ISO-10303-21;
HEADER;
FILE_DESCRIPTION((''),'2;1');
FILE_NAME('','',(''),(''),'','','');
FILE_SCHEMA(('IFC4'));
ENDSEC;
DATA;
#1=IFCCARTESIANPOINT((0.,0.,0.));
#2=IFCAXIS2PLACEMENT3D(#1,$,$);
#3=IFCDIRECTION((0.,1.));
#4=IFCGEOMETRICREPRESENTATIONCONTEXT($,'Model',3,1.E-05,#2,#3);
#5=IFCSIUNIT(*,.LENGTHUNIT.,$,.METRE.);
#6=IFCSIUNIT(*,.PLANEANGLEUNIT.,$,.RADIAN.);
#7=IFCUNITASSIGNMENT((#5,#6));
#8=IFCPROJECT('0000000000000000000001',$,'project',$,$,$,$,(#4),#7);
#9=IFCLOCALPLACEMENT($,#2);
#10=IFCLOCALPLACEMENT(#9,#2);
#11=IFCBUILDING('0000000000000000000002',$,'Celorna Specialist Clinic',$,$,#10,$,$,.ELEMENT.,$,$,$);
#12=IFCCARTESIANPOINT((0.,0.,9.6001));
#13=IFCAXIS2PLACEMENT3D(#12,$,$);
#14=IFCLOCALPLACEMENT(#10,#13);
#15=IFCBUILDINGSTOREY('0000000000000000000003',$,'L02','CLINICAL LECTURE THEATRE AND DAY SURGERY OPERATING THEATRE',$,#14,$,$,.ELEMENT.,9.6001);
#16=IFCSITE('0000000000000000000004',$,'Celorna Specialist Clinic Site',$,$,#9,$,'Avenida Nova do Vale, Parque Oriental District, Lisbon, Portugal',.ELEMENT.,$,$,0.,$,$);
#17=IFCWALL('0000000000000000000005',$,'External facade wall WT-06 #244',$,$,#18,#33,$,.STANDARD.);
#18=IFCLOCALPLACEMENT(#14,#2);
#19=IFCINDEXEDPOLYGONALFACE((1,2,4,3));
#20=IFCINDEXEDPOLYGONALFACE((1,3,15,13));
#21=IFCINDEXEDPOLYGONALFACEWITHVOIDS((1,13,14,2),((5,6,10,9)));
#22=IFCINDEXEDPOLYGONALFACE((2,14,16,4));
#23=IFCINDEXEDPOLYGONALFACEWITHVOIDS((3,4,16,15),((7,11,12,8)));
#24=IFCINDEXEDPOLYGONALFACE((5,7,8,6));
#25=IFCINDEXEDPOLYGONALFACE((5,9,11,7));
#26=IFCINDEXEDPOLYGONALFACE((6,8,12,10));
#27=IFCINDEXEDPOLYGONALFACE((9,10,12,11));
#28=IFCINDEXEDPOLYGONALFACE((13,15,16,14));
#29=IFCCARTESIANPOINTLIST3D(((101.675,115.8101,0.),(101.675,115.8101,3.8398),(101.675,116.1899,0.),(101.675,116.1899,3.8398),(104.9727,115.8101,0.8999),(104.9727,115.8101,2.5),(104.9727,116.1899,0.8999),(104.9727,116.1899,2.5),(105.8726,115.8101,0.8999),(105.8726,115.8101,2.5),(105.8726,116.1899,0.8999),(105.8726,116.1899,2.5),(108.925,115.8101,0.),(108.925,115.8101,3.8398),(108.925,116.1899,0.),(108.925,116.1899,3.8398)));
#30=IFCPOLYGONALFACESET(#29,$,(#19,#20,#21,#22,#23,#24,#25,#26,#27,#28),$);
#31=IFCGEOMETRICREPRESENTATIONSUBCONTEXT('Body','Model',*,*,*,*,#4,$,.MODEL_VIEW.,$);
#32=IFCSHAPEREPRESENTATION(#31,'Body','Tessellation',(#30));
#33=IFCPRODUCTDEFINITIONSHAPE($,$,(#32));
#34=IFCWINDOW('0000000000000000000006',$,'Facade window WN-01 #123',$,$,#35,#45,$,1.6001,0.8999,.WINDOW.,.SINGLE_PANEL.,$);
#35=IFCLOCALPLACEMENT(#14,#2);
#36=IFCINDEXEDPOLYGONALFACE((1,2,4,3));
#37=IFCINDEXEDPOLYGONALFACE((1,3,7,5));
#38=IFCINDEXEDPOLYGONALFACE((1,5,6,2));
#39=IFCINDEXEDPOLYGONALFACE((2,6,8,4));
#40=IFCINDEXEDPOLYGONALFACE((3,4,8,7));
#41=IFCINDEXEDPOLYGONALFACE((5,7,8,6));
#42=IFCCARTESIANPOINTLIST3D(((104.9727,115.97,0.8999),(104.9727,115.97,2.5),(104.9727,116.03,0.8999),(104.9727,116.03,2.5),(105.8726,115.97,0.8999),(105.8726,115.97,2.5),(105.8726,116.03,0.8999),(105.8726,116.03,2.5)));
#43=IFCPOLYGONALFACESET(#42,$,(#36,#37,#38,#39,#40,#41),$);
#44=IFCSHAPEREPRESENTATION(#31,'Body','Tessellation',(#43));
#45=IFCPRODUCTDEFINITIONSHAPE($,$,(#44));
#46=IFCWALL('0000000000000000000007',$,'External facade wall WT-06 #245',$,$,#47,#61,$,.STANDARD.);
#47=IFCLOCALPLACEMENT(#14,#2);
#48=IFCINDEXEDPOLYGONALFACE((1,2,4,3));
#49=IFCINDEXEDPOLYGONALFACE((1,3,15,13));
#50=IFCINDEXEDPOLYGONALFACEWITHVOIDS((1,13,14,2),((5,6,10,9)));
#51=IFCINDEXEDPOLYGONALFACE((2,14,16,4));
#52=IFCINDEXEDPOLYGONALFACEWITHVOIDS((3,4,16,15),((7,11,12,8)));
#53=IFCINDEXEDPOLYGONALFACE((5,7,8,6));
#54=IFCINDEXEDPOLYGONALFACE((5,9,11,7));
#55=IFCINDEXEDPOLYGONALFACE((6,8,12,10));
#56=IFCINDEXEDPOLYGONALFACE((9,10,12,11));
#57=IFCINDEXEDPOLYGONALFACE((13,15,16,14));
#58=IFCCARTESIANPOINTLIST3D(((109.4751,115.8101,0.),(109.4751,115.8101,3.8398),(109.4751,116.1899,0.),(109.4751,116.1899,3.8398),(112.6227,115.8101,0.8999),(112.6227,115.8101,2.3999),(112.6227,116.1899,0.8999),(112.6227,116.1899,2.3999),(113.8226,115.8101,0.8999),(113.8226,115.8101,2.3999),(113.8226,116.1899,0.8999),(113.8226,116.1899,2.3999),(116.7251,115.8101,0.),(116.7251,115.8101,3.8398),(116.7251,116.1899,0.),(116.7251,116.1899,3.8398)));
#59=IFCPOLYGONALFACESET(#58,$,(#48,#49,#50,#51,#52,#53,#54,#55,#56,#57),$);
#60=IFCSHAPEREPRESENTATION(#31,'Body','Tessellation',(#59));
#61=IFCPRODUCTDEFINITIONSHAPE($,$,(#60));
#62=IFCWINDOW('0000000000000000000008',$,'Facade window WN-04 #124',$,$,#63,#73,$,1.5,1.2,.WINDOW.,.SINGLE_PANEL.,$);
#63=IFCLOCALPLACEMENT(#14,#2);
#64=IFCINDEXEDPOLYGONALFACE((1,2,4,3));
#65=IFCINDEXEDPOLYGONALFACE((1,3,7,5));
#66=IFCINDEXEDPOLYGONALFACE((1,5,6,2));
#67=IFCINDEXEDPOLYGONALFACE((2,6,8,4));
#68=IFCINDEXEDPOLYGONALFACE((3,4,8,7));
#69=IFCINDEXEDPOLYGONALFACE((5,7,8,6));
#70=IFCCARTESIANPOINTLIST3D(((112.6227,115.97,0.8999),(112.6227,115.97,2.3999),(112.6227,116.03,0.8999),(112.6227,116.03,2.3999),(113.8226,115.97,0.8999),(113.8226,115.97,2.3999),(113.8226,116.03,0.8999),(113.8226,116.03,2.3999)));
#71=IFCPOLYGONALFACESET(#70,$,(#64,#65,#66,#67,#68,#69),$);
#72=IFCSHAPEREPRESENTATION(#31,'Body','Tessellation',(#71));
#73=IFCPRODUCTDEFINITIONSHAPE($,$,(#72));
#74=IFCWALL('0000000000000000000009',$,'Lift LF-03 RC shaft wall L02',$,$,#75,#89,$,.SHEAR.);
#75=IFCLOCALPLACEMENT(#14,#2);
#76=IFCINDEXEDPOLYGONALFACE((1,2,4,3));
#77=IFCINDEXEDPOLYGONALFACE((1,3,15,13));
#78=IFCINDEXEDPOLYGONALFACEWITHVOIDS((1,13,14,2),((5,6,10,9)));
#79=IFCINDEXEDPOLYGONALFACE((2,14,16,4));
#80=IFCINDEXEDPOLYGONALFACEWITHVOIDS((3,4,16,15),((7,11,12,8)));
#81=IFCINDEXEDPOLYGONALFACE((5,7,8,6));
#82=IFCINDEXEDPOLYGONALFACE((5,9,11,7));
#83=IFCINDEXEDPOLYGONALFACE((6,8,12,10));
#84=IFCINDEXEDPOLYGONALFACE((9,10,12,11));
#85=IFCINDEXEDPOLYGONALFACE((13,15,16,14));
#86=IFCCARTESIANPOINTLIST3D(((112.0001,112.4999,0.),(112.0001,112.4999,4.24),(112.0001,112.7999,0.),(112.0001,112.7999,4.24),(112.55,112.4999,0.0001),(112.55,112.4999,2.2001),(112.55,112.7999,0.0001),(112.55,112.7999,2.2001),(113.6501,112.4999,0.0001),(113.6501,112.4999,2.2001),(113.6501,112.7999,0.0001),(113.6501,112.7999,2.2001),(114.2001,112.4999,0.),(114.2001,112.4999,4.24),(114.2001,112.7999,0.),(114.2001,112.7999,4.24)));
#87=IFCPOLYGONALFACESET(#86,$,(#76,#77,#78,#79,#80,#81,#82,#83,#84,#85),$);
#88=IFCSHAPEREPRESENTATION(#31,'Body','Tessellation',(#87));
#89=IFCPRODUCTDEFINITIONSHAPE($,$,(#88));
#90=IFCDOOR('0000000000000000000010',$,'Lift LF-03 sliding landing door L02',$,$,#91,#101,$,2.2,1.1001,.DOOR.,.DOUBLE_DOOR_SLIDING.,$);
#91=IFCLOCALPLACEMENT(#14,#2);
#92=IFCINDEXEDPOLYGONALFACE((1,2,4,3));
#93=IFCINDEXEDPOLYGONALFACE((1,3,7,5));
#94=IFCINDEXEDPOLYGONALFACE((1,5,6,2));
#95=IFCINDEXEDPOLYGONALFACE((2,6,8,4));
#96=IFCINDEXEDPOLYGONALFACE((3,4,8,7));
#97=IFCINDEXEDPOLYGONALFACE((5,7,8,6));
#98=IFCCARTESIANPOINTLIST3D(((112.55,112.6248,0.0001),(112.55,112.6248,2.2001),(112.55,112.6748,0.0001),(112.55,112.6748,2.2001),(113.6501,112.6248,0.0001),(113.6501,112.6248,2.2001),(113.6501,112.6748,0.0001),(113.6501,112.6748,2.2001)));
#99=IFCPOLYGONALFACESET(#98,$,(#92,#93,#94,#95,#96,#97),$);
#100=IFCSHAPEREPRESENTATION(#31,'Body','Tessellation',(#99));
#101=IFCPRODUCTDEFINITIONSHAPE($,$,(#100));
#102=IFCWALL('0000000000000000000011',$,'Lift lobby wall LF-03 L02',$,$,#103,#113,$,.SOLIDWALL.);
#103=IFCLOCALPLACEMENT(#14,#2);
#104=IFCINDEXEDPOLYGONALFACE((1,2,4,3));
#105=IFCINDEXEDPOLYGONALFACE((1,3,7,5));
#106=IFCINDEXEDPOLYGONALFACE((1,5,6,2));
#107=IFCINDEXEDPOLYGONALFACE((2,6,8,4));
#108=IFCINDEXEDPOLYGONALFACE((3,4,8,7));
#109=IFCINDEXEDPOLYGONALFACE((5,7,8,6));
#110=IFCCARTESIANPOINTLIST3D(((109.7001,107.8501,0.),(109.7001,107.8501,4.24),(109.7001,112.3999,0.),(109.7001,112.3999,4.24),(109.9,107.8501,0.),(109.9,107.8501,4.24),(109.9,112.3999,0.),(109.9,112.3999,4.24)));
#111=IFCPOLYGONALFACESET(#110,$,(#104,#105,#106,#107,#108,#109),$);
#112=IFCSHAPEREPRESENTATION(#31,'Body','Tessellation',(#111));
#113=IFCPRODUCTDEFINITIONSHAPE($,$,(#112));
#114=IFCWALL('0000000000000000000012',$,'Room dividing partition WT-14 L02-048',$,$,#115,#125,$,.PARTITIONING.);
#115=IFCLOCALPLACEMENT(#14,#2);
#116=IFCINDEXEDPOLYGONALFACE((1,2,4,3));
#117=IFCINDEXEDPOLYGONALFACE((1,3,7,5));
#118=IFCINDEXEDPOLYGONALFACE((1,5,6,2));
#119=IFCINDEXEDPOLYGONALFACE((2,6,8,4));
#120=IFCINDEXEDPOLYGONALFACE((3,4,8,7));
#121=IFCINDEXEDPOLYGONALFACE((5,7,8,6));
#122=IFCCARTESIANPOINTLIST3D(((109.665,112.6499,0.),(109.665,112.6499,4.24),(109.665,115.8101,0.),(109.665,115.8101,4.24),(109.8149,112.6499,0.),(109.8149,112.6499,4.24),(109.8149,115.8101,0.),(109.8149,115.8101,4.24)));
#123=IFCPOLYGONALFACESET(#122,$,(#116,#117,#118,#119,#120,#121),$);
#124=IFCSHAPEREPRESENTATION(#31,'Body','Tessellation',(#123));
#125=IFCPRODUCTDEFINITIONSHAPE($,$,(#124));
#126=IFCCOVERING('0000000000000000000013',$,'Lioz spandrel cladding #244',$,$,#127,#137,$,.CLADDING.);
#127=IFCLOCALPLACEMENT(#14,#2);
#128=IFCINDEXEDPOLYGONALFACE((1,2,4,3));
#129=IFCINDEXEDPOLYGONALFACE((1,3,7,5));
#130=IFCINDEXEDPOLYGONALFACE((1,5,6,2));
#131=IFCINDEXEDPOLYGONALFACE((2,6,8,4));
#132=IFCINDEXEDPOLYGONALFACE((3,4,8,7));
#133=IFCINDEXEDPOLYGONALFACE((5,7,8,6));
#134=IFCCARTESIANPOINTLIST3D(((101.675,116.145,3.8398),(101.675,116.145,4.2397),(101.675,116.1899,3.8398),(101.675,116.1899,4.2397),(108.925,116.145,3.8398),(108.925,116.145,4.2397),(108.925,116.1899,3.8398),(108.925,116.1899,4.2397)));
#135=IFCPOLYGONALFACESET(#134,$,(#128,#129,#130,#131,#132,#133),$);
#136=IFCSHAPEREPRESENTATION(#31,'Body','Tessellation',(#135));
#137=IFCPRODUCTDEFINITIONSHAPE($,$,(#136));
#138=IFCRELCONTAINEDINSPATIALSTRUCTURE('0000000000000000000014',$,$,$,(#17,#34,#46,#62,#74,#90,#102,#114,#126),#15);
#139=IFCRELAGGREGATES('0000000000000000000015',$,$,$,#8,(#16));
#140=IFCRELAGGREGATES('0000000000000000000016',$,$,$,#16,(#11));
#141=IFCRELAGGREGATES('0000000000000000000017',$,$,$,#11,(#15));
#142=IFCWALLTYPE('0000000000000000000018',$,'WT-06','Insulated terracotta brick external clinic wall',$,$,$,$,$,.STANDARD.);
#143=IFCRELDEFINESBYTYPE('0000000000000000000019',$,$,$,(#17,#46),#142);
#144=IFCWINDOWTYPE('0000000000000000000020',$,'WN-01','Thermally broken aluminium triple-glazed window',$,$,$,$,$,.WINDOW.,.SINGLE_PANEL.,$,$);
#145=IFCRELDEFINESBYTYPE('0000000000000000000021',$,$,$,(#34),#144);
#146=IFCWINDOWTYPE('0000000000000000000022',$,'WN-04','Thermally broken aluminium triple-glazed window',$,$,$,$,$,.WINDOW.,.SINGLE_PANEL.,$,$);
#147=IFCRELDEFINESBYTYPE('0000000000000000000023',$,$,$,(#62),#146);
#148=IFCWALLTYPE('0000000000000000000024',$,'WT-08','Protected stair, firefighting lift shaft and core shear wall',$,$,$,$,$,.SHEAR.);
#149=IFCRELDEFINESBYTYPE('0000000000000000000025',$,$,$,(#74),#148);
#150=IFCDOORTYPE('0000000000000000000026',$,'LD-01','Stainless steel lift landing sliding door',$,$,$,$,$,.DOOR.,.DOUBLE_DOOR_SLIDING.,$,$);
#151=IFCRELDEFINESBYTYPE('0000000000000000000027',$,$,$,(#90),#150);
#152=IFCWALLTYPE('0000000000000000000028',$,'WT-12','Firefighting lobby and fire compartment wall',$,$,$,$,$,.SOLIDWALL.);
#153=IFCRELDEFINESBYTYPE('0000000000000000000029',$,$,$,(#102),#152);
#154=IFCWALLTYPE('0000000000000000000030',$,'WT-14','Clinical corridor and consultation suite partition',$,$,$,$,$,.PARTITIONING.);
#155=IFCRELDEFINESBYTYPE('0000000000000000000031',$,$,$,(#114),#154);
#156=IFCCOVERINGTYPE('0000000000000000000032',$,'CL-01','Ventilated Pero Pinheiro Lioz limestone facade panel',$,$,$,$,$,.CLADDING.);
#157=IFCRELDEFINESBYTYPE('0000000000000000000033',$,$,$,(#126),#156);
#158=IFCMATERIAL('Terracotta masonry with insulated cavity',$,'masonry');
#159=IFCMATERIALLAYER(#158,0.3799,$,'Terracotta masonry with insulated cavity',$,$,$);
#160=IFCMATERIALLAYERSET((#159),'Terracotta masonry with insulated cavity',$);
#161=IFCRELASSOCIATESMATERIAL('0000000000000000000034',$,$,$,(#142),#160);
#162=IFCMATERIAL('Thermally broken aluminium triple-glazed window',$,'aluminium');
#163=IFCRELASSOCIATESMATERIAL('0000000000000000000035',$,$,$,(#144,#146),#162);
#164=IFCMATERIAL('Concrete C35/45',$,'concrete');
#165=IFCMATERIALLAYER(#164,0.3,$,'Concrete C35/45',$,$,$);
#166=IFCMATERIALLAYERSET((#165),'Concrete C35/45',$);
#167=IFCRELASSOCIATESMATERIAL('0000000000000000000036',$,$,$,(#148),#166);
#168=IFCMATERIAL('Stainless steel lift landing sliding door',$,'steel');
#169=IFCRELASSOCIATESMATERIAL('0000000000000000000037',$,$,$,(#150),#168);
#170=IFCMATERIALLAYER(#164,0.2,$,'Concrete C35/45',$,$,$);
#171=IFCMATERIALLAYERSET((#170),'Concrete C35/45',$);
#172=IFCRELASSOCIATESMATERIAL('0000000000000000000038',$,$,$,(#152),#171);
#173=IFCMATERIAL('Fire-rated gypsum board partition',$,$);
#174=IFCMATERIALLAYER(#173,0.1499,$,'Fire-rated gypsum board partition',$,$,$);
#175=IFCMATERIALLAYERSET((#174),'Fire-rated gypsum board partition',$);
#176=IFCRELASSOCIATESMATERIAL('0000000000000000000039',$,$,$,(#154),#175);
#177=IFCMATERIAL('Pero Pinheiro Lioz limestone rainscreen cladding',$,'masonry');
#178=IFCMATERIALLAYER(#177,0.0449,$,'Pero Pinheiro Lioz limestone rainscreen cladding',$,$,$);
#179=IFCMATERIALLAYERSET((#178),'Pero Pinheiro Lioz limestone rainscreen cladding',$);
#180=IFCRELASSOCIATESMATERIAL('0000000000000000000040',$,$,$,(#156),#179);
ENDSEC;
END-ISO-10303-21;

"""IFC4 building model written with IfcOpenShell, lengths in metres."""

from ifc_helpers import new_model, si_unit, direction, frame, frame_2d, origin, origin_2d, place, context, subcontext, project, spatial, rectangle, extrude, material, layer, layer_set, type_object, element, fill, save


model = new_model("IFC4")

# Units and contexts
model_context = context("Model", 3, precision=1e-05, world=origin(), true_north=direction((0.0, 1.0)))
body_context = subcontext(model_context, "Body", "Model", "MODEL_VIEW")
ifc_project = project(units=[si_unit("LENGTHUNIT", "METRE"), si_unit("PLANEANGLEUNIT", "RADIAN")], contexts=[model_context])

# Site, building, storey
site_placement = place(None, origin())
site = spatial("IfcSite", under=ifc_project, at=site_placement, Name="Celorna Specialist Clinic Site", LongName="Avenida Nova do Vale, Parque Oriental District, Lisbon, Portugal", CompositionType="ELEMENT", RefElevation=0.0)
building_placement = place(site_placement, origin())
building = spatial("IfcBuilding", under=site, at=building_placement, Name="Celorna Specialist Clinic", CompositionType="ELEMENT")
storey_placement = place(building_placement, frame((0.0, 0.0, 9.6001)))
storey = spatial("IfcBuildingStorey", under=building, at=storey_placement, Name="L02", Description="CLINICAL LECTURE THEATRE AND DAY SURGERY OPERATING THEATRE", CompositionType="ELEMENT", Elevation=9.6001)

# Shared definitions
ifc_material_1 = material(Name="Concrete C35/45", Category="concrete")

# Walls, openings, windows
ifc_material_2 = material(Name="Terracotta masonry with insulated cavity", Category="masonry")
ifc_layer_1 = layer(ifc_material_2, 0.3799, Name="Terracotta masonry with insulated cavity")
ifc_layer_set_1 = layer_set([ifc_layer_1], Name="Terracotta masonry with insulated cavity")
wall_type_1 = type_object("IfcWallType", Name="WT-06", Description="Insulated terracotta brick external clinic wall", PredefinedType="STANDARD", material=ifc_layer_set_1)
wall_1_placement = place(storey_placement, frame((101.675, 116.0, 0.0), z_axis=(0.0, 0.0, 1.0), x_axis=(1.0, 0.0, 0.0)))
wall_1 = element("IfcWall", 1, at=wall_1_placement, inside=storey, type_object=wall_type_1, Name="External facade wall WT-06 #244", PredefinedType="STANDARD", context=body_context, shape_type="SweptSolid", body=[
    extrude(rectangle(XDim=7.25, YDim=0.3799, at=frame_2d((3.625, 0.0))), origin(), (0.0, 0.0, 1.0), 3.8398),
])
opening_1_placement = place(wall_1_placement, frame((3.2976, 0.0, 0.8999)))
opening_1 = element("IfcOpeningElement", 2, at=opening_1_placement, cuts=wall_1, PredefinedType="OPENING", context=body_context, shape_type="SweptSolid", body=[
    extrude(rectangle(XDim=0.8999, YDim=1.6001, at=frame_2d((0.45, 0.8))), frame((0.0, 0.2, 0.0), z_axis=(0.0, -1.0, 0.0), x_axis=(1.0, 0.0, 0.0)), (0.0, 0.0, 1.0), 0.3999),
])
ifc_material_3 = material(Name="Thermally broken aluminium triple-glazed window", Category="aluminium")
window_type_1 = type_object("IfcWindowType", Name="WN-01", Description="Thermally broken aluminium triple-glazed window", PartitioningType="SINGLE_PANEL", PredefinedType="WINDOW", material=ifc_material_3)
window_1_placement = place(opening_1_placement, origin())
window_1 = element("IfcWindow", 3, at=window_1_placement, inside=storey, type_object=window_type_1, Name="Facade window WN-01 #123", OverallHeight=1.6001, OverallWidth=0.8999, PartitioningType="SINGLE_PANEL", PredefinedType="WINDOW", context=body_context, shape_type="SweptSolid", body=[
    extrude(rectangle(XDim=0.8999, YDim=1.6001, at=frame_2d((0.45, 0.8))), frame((0.0, 0.03, 0.0), z_axis=(0.0, -1.0, 0.0), x_axis=(1.0, 0.0, 0.0)), (0.0, 0.0, 1.0), 0.0601),
])
fill(opening_1, window_1)
wall_2_placement = place(storey_placement, frame((109.4751, 116.0, 0.0), z_axis=(0.0, 0.0, 1.0), x_axis=(1.0, 0.0, 0.0)))
wall_2 = element("IfcWall", 4, at=wall_2_placement, inside=storey, type_object=wall_type_1, Name="External facade wall WT-06 #245", PredefinedType="STANDARD", context=body_context, shape_type="SweptSolid", body=[
    extrude(rectangle(XDim=7.25, YDim=0.3799, at=frame_2d((3.625, 0.0))), origin(), (0.0, 0.0, 1.0), 3.8398),
])
opening_2_placement = place(wall_2_placement, frame((3.1475, 0.0, 0.8999)))
opening_2 = element("IfcOpeningElement", 5, at=opening_2_placement, cuts=wall_2, PredefinedType="OPENING", context=body_context, shape_type="SweptSolid", body=[
    extrude(rectangle(XDim=1.2, YDim=1.5, at=frame_2d((0.6001, 0.75))), frame((0.0, 0.2, 0.0), z_axis=(0.0, -1.0, 0.0), x_axis=(1.0, 0.0, 0.0)), (0.0, 0.0, 1.0), 0.3999),
])
window_type_2 = type_object("IfcWindowType", Name="WN-04", Description="Thermally broken aluminium triple-glazed window", PartitioningType="SINGLE_PANEL", PredefinedType="WINDOW", material=ifc_material_3)
window_2_placement = place(opening_2_placement, origin())
window_2 = element("IfcWindow", 6, at=window_2_placement, inside=storey, type_object=window_type_2, Name="Facade window WN-04 #124", OverallHeight=1.5, OverallWidth=1.2, PartitioningType="SINGLE_PANEL", PredefinedType="WINDOW", context=body_context, shape_type="SweptSolid", body=[
    extrude(rectangle(XDim=1.2, YDim=1.5, at=frame_2d((0.6001, 0.75))), frame((0.0, 0.03, 0.0), z_axis=(0.0, -1.0, 0.0), x_axis=(1.0, 0.0, 0.0)), (0.0, 0.0, 1.0), 0.0601),
])
fill(opening_2, window_2)

# Wall, opening, door
ifc_layer_2 = layer(ifc_material_1, 0.3, Name="Concrete C35/45")
ifc_layer_set_2 = layer_set([ifc_layer_2], Name="Concrete C35/45")
wall_type_2 = type_object("IfcWallType", Name="WT-08", Description="Protected stair, firefighting lift shaft and core shear wall", PredefinedType="SHEAR", material=ifc_layer_set_2)
wall_3_placement = place(storey_placement, frame((112.0, 112.6499, 0.0), z_axis=(0.0, 0.0, 1.0), x_axis=(1.0, 0.0, 0.0)))
wall_3 = element("IfcWall", 7, at=wall_3_placement, inside=storey, type_object=wall_type_2, Name="Lift LF-03 RC shaft wall L02", PredefinedType="SHEAR", context=body_context, shape_type="SweptSolid", body=[
    extrude(rectangle(XDim=2.2, YDim=0.3, at=frame_2d((1.1001, 0.0))), origin(), (0.0, 0.0, 1.0), 4.24),
])
opening_3_placement = place(wall_3_placement, frame((0.55, 0.0, 0.0)))
opening_3 = element("IfcOpeningElement", 8, at=opening_3_placement, cuts=wall_3, PredefinedType="OPENING", context=body_context, shape_type="SweptSolid", body=[
    extrude(rectangle(XDim=1.1001, YDim=2.2, at=frame_2d((0.55, 1.1001))), frame((0.0, 0.1599, 0.0), z_axis=(0.0, -1.0, 0.0), x_axis=(1.0, 0.0, 0.0)), (0.0, 0.0, 1.0), 0.3201),
])
ifc_material_4 = material(Name="Stainless steel lift landing sliding door", Category="steel")
door_type = type_object("IfcDoorType", Name="LD-01", Description="Stainless steel lift landing sliding door", OperationType="DOUBLE_DOOR_SLIDING", PredefinedType="DOOR", material=ifc_material_4)
door_placement = place(opening_3_placement, origin())
door = element("IfcDoor", 9, at=door_placement, inside=storey, type_object=door_type, Name="Lift LF-03 sliding landing door L02", OperationType="DOUBLE_DOOR_SLIDING", OverallHeight=2.2, OverallWidth=1.1001, PredefinedType="DOOR", context=body_context, shape_type="SweptSolid", body=[
    extrude(rectangle(XDim=1.1001, YDim=2.2, at=frame_2d((0.55, 1.1001))), frame((0.0, 0.0249, 0.0), z_axis=(0.0, -1.0, 0.0), x_axis=(1.0, 0.0, 0.0)), (0.0, 0.0, 1.0), 0.05),
])
fill(opening_3, door)

# Walls
ifc_layer_3 = layer(ifc_material_1, 0.2, Name="Concrete C35/45")
ifc_layer_set_3 = layer_set([ifc_layer_3], Name="Concrete C35/45")
wall_type_3 = type_object("IfcWallType", Name="WT-12", Description="Firefighting lobby and fire compartment wall", PredefinedType="SOLIDWALL", material=ifc_layer_set_3)
wall_4_placement = place(storey_placement, frame((109.8, 112.3999, 0.0), z_axis=(0.0, 0.0, 1.0), x_axis=(0.0, -1.0, 0.0)))
element("IfcWall", 10, at=wall_4_placement, inside=storey, type_object=wall_type_3, Name="Lift lobby wall LF-03 L02", PredefinedType="SOLIDWALL", context=body_context, shape_type="SweptSolid", body=[
    extrude(rectangle(XDim=4.5498, YDim=0.2, at=frame_2d((2.2749, 0.0))), origin(), (0.0, 0.0, 1.0), 4.24),
])
ifc_material_5 = material(Name="Fire-rated gypsum board partition")
ifc_layer_4 = layer(ifc_material_5, 0.1499, Name="Fire-rated gypsum board partition")
ifc_layer_set_4 = layer_set([ifc_layer_4], Name="Fire-rated gypsum board partition")
wall_type_4 = type_object("IfcWallType", Name="WT-14", Description="Clinical corridor and consultation suite partition", PredefinedType="PARTITIONING", material=ifc_layer_set_4)
wall_5_placement = place(storey_placement, frame((109.74, 112.6499, 0.0), z_axis=(0.0, 0.0, 1.0), x_axis=(0.0, 1.0, 0.0)))
element("IfcWall", 11, at=wall_5_placement, inside=storey, type_object=wall_type_4, Name="Room dividing partition WT-14 L02-048", PredefinedType="PARTITIONING", context=body_context, shape_type="SweptSolid", body=[
    extrude(rectangle(XDim=3.1602, YDim=0.1499, at=frame_2d((1.5801, 0.0))), origin(), (0.0, 0.0, 1.0), 4.24),
])

# Covering
ifc_material_6 = material(Name="Pero Pinheiro Lioz limestone rainscreen cladding", Category="masonry")
ifc_layer_5 = layer(ifc_material_6, 0.0449, Name="Pero Pinheiro Lioz limestone rainscreen cladding")
ifc_layer_set_5 = layer_set([ifc_layer_5], Name="Pero Pinheiro Lioz limestone rainscreen cladding")
covering_type = type_object("IfcCoveringType", Name="CL-01", Description="Ventilated Pero Pinheiro Lioz limestone facade panel", PredefinedType="CLADDING", material=ifc_layer_set_5)
covering_placement = place(storey_placement, frame((105.3, 116.1675, 3.8398), z_axis=(0.0, 0.0, 1.0), x_axis=(1.0, 0.0, 0.0)))
element("IfcCovering", 12, at=covering_placement, inside=storey, type_object=covering_type, Name="Lioz spandrel cladding #244", PredefinedType="CLADDING", context=body_context, shape_type="SweptSolid", body=[
    extrude(rectangle(XDim=7.25, YDim=0.0449, at=origin_2d()), origin(), (0.0, 0.0, 1.0), 0.3999),
])

save(model, "model.ifc")
